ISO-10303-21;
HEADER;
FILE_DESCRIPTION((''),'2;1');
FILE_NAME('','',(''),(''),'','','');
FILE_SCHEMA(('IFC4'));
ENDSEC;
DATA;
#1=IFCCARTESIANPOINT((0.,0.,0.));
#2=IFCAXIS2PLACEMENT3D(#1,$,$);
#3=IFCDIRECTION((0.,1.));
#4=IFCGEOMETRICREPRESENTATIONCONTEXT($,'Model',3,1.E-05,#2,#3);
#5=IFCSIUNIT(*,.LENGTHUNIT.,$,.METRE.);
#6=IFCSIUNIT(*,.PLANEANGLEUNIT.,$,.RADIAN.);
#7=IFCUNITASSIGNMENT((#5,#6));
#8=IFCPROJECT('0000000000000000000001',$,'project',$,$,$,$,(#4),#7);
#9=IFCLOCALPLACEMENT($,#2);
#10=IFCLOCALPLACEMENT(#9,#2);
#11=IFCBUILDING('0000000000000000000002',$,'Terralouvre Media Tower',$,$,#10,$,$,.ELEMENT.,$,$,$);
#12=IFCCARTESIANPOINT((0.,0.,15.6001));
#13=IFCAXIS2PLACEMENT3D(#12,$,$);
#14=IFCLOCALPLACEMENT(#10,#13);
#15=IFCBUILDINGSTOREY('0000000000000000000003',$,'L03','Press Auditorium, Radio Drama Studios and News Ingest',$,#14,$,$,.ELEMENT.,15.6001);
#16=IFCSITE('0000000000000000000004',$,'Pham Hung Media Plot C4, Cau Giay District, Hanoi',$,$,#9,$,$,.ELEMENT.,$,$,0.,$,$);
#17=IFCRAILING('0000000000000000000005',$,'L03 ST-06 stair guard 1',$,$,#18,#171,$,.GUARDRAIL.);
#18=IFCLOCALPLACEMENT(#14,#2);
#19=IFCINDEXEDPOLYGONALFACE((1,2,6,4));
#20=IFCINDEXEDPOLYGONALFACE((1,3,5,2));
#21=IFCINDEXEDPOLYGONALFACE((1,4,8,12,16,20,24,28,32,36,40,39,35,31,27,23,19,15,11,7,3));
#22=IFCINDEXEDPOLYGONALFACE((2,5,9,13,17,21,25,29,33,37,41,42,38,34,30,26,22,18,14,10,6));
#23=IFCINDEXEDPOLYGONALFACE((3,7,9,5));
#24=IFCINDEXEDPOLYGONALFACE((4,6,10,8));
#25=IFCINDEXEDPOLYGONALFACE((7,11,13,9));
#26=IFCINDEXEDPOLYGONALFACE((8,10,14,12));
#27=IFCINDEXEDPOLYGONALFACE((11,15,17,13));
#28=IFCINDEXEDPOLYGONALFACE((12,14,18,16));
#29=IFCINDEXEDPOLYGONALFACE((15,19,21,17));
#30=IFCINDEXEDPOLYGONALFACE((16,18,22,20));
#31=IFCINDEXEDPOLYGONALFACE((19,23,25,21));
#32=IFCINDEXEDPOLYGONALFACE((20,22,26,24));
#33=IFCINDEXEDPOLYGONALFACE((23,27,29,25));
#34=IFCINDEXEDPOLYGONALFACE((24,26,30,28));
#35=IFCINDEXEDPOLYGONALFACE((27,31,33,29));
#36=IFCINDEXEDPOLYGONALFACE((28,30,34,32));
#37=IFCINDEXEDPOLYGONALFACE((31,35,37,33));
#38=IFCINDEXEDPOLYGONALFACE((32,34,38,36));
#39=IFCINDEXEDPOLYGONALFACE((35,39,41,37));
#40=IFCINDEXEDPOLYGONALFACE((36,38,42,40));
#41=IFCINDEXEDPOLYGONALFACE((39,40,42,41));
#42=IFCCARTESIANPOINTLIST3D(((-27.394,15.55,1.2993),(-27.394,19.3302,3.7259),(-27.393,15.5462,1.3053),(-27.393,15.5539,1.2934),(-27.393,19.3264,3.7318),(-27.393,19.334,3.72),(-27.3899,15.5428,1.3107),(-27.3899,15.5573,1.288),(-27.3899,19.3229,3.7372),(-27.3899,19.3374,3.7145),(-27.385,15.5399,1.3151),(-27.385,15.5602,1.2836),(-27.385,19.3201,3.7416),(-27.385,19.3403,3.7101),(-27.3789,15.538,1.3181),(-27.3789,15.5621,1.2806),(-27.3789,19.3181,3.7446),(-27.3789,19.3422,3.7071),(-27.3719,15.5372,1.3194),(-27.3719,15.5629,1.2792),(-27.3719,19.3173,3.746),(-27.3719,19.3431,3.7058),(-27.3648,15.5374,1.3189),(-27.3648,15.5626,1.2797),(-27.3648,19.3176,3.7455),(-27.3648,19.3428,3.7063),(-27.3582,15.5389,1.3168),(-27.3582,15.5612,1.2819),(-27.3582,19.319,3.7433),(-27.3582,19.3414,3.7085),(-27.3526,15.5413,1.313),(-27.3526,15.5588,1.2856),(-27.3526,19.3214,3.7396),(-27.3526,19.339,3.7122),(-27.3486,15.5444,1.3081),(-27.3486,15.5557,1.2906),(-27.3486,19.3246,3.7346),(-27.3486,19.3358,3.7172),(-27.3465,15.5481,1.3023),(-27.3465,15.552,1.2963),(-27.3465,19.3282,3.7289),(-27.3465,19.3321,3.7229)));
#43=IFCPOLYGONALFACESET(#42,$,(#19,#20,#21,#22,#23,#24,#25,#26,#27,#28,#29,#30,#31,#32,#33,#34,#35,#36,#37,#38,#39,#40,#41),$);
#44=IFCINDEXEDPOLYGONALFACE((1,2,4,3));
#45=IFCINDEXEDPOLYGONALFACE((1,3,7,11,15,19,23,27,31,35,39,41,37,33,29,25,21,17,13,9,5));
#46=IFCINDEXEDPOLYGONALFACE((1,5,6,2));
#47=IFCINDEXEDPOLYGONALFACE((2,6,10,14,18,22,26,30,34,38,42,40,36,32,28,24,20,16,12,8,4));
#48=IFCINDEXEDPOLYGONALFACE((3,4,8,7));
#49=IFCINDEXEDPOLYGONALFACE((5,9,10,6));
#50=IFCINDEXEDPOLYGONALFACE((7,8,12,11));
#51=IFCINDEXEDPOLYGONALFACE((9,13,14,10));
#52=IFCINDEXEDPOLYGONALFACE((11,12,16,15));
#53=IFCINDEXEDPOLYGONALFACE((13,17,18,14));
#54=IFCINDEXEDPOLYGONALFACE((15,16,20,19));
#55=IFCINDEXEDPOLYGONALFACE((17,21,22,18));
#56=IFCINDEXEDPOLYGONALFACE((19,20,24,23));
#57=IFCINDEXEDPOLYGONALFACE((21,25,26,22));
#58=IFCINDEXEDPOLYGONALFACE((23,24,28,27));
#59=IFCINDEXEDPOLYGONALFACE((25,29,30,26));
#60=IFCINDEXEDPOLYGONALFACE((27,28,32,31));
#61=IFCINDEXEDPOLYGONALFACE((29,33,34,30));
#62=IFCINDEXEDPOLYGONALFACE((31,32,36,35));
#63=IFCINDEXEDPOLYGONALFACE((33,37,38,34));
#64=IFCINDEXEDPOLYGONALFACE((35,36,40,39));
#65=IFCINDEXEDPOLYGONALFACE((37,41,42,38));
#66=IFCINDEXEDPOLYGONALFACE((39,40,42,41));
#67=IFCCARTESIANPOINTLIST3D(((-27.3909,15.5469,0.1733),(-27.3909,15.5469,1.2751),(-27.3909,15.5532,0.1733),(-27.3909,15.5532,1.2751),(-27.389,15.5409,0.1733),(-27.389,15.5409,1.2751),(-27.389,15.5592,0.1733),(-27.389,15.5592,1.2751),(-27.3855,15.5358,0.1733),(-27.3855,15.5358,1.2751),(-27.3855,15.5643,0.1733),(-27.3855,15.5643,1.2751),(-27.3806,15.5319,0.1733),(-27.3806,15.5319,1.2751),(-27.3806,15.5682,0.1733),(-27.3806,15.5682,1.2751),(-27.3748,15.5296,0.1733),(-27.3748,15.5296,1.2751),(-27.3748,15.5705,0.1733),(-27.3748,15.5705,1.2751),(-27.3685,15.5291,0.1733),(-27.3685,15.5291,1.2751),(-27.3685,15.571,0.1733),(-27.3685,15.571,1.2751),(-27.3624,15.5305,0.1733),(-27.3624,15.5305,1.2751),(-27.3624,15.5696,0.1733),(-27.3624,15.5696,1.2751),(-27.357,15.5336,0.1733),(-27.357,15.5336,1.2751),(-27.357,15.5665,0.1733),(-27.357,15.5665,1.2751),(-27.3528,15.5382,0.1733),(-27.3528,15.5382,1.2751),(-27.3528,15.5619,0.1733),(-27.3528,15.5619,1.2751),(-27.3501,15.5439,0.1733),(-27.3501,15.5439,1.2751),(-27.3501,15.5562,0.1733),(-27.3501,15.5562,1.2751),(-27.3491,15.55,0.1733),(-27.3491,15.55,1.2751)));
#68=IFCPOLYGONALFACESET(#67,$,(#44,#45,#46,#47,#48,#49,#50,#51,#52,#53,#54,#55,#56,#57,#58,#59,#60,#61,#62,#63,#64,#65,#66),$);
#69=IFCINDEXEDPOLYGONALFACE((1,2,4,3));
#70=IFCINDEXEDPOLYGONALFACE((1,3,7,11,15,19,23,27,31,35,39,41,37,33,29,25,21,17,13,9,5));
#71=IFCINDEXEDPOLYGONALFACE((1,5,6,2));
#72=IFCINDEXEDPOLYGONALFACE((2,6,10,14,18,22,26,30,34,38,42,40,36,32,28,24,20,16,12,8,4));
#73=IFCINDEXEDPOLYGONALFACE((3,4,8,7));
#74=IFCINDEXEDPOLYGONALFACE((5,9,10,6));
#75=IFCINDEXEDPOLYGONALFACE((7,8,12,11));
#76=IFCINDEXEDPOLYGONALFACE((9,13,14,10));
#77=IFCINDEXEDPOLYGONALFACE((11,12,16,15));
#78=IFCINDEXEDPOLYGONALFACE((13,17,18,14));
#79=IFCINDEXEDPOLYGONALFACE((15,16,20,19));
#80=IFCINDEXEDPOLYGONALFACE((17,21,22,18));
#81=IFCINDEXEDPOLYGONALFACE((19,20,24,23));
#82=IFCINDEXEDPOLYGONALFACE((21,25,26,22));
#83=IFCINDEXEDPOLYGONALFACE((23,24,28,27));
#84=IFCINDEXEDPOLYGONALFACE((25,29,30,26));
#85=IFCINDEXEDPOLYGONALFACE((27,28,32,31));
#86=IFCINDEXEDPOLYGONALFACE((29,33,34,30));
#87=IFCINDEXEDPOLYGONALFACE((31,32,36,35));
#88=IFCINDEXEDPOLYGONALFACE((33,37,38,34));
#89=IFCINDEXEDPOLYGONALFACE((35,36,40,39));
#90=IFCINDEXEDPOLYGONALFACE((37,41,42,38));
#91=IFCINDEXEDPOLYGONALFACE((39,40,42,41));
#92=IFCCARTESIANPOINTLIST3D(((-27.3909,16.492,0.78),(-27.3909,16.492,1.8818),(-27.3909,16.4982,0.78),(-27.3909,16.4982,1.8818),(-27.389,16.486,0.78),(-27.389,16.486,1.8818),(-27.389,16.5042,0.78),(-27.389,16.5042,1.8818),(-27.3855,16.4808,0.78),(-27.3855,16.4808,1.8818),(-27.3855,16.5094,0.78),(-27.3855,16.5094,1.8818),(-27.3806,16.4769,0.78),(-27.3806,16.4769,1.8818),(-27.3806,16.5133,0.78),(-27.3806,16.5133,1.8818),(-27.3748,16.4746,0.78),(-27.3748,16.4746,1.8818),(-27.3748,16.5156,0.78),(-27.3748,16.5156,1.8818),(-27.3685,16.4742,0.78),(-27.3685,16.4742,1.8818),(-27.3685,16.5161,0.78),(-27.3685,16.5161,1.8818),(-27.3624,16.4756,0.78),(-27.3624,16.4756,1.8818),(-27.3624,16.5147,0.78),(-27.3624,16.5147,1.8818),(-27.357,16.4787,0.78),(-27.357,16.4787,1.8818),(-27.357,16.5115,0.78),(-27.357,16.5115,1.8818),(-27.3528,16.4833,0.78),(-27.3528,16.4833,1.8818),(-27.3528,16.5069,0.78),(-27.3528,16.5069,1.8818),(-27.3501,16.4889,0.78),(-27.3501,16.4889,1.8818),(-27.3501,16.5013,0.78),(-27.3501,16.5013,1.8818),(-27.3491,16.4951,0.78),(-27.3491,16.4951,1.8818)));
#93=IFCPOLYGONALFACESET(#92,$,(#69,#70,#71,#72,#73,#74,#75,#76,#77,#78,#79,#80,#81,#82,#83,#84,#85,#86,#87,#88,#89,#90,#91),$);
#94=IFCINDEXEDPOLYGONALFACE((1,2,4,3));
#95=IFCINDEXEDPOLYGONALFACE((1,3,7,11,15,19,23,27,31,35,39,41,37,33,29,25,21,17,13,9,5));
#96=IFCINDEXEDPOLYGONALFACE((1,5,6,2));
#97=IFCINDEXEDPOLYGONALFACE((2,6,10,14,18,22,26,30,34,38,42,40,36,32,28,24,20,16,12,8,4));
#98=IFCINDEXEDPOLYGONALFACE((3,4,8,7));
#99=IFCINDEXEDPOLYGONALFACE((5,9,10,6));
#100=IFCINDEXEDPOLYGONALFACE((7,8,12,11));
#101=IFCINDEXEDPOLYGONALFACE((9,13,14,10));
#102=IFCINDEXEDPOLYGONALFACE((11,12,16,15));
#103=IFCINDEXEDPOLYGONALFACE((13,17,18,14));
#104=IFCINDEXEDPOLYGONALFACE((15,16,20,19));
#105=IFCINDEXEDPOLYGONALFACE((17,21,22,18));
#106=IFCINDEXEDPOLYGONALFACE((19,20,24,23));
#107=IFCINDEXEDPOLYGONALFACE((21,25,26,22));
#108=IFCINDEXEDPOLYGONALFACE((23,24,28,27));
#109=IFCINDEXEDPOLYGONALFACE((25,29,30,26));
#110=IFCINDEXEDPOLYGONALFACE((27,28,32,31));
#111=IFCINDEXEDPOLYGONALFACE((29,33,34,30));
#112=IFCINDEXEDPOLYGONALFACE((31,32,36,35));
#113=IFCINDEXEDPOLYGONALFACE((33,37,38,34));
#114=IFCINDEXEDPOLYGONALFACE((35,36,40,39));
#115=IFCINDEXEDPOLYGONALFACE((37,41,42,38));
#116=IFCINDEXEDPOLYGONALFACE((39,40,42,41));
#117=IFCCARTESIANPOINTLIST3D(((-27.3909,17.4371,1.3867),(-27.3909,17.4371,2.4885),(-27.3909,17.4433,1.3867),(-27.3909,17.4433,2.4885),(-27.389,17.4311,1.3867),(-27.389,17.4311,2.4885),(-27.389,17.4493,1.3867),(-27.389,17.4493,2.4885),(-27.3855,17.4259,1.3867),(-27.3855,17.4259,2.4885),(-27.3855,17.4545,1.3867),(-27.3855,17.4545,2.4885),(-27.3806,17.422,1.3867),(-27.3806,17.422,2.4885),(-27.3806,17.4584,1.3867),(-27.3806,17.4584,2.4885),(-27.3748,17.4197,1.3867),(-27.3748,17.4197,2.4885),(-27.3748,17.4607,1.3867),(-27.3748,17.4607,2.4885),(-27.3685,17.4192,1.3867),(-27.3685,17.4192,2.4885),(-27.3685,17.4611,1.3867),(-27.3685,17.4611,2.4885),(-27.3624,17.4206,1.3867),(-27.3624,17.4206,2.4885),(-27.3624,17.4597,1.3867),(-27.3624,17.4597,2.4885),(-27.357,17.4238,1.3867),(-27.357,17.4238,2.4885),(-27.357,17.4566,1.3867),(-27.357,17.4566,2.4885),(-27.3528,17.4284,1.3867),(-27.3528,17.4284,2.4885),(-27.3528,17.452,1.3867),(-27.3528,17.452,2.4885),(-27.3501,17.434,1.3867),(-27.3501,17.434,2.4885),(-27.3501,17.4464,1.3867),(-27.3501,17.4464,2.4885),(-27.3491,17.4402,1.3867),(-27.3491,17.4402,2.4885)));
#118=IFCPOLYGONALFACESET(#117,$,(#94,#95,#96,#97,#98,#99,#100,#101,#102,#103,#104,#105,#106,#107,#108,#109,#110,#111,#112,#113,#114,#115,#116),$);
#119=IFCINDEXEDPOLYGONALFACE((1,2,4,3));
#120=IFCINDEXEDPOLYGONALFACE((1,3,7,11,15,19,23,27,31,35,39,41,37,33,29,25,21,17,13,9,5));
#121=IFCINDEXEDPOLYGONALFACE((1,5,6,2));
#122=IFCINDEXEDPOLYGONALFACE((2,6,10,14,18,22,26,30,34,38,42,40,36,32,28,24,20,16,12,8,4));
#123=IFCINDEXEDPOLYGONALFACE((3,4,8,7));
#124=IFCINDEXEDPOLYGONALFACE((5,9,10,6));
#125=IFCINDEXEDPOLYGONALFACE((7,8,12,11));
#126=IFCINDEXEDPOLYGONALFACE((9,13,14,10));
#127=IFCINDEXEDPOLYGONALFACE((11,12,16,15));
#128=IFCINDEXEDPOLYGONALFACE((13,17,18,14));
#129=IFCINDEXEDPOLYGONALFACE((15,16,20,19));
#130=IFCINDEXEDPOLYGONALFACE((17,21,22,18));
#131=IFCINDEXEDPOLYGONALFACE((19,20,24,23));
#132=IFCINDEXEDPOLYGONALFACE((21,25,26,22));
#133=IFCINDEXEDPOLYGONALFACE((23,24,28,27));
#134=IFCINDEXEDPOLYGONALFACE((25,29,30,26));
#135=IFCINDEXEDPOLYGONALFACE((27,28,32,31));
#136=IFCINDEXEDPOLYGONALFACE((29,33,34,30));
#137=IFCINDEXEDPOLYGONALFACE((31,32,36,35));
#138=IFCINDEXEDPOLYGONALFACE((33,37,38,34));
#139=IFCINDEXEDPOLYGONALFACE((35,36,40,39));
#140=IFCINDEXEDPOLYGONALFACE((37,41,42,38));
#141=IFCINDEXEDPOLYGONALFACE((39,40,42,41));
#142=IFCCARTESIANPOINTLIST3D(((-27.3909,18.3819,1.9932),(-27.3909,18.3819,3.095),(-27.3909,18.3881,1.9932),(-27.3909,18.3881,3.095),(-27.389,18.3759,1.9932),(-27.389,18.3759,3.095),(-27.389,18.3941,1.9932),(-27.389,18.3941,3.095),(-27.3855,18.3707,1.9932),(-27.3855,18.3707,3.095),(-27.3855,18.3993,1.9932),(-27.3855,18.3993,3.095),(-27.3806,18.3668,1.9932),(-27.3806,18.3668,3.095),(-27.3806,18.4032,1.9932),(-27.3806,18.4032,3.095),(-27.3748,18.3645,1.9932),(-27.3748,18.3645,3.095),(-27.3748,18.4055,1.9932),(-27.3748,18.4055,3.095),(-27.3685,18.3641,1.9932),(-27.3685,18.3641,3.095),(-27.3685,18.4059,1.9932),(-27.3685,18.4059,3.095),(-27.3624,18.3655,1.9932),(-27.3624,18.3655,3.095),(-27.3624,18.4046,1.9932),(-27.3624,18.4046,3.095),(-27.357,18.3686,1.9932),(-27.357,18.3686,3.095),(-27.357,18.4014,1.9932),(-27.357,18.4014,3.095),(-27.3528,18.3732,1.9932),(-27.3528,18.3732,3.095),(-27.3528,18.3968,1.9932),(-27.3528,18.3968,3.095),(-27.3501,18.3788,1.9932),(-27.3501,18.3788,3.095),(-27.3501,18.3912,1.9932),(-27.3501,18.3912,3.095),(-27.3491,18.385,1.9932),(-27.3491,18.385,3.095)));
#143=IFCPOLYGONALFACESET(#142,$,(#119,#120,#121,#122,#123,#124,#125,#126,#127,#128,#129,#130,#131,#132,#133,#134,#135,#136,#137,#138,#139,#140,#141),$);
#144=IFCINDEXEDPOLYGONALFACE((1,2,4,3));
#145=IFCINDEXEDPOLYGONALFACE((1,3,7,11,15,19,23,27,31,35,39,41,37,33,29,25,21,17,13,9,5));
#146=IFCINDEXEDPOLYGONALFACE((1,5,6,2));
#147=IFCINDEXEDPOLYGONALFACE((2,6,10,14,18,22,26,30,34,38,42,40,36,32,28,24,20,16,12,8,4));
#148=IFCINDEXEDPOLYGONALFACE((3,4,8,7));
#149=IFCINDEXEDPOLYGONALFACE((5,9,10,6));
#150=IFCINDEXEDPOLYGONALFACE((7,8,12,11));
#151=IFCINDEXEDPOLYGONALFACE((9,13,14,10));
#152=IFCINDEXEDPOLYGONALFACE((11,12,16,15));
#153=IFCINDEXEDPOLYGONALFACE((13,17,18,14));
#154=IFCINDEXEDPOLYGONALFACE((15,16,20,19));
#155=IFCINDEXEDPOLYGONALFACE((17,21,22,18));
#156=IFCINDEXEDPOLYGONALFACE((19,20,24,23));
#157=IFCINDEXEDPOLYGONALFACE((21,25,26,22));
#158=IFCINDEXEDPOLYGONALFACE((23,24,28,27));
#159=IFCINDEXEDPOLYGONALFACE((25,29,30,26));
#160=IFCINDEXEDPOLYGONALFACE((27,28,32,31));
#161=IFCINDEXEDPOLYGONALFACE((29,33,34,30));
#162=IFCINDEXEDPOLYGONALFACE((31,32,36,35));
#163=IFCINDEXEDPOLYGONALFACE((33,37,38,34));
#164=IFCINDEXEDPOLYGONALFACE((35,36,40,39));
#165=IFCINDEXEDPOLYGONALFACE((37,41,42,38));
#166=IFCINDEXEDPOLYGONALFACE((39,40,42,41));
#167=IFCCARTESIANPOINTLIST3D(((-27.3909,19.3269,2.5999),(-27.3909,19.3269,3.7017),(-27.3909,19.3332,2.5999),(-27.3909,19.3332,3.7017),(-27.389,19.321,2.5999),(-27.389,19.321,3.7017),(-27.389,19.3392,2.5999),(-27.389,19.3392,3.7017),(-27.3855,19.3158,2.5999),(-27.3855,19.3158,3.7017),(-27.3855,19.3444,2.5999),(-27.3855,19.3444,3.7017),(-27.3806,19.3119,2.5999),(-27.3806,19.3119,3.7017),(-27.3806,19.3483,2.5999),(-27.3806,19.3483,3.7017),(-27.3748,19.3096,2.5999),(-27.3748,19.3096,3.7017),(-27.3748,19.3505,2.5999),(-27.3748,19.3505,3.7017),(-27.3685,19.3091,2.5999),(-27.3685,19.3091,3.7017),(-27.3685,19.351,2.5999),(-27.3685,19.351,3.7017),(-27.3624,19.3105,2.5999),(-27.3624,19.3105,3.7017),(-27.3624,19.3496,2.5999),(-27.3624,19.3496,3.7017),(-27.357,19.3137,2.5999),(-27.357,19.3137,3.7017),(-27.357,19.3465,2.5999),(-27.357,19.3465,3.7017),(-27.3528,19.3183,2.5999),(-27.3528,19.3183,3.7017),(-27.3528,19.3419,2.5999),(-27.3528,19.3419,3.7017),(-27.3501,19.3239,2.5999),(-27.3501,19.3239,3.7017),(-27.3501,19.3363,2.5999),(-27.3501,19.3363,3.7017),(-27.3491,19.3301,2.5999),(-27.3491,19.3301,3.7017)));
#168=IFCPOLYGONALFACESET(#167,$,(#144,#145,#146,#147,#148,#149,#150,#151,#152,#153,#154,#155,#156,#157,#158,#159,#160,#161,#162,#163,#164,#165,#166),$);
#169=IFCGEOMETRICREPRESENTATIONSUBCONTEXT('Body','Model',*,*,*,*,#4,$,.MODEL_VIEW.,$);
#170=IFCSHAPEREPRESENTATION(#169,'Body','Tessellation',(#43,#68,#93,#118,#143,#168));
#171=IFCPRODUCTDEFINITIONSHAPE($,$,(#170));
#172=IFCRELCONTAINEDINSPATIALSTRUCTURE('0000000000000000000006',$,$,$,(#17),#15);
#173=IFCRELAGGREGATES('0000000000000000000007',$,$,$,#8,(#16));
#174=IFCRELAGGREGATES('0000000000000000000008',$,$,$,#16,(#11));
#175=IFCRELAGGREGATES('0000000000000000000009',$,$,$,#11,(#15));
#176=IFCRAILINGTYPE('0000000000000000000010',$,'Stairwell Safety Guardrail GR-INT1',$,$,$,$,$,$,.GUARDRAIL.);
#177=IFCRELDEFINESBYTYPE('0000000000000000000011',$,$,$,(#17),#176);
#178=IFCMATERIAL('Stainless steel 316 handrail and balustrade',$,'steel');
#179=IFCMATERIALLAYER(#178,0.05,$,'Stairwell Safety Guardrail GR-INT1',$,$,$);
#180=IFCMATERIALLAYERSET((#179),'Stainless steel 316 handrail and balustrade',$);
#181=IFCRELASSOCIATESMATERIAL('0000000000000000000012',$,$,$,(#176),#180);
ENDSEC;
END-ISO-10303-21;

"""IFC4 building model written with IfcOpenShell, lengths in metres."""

from ifc_helpers import new_model, si_unit, direction, frame, origin, origin_2d, place, context, subcontext, project, spatial, circle, extrude, material, layer, layer_set, type_object, element, save


model = new_model("IFC4")

# Units and contexts
model_context = context("Model", 3, precision=1e-05, world=origin(), true_north=direction((0.0, 1.0)))
body_context = subcontext(model_context, "Body", "Model", "MODEL_VIEW")
ifc_project = project(units=[si_unit("LENGTHUNIT", "METRE"), si_unit("PLANEANGLEUNIT", "RADIAN")], contexts=[model_context])

# Site, building, storey
site_placement = place(None, origin())
site = spatial("IfcSite", under=ifc_project, at=site_placement, Name="Pham Hung Media Plot C4, Cau Giay District, Hanoi", CompositionType="ELEMENT", RefElevation=0.0)
building_placement = place(site_placement, origin())
building = spatial("IfcBuilding", under=site, at=building_placement, Name="Terralouvre Media Tower", CompositionType="ELEMENT")
storey_placement = place(building_placement, frame((0.0, 0.0, 15.6001)))
storey = spatial("IfcBuildingStorey", under=building, at=storey_placement, Name="L03", Description="Press Auditorium, Radio Drama Studios and News Ingest", CompositionType="ELEMENT", Elevation=15.6001)

# Railing
ifc_material_1 = material(Name="Stainless steel 316 handrail and balustrade", Category="steel")
ifc_layer_1 = layer(ifc_material_1, 0.05, Name="Stairwell Safety Guardrail GR-INT1")
ifc_layer_set_1 = layer_set([ifc_layer_1], Name="Stainless steel 316 handrail and balustrade")
railing_type_1 = type_object("IfcRailingType", Name="Stairwell Safety Guardrail GR-INT1", PredefinedType="GUARDRAIL", material=ifc_layer_set_1)
railing_1_placement = place(storey_placement, frame((-27.3701, 15.55, 0.1733)))
element("IfcRailing", 1, at=railing_1_placement, inside=storey, type_object=railing_type_1, Name="L03 ST-06 stair guard 1", PredefinedType="GUARDRAIL", context=body_context, shape_type="SweptSolid", body=[
    extrude(circle(Radius=0.0239, at=origin_2d()), frame((0.0, 0.0, 1.126), z_axis=(0.0, 0.841533, 0.540205), x_axis=(-1.0, 0.0, 0.0)), (0.0, 0.0, 1.0), 4.4919),
    extrude(circle(Radius=0.021, at=origin_2d()), origin(), (0.0, 0.0, 1.0), 1.1018),
    extrude(circle(Radius=0.021, at=origin_2d()), frame((0.0, 0.9451, 0.6067)), (0.0, 0.0, 1.0), 1.1018),
    extrude(circle(Radius=0.021, at=origin_2d()), frame((0.0, 1.8901, 1.2134)), (0.0, 0.0, 1.0), 1.1018),
    extrude(circle(Radius=0.021, at=origin_2d()), frame((0.0, 2.835, 1.8198)), (0.0, 0.0, 1.0), 1.1018),
    extrude(circle(Radius=0.021, at=origin_2d()), frame((0.0, 3.78, 2.4265)), (0.0, 0.0, 1.0), 1.1018),
])

save(model, "model.ifc")
